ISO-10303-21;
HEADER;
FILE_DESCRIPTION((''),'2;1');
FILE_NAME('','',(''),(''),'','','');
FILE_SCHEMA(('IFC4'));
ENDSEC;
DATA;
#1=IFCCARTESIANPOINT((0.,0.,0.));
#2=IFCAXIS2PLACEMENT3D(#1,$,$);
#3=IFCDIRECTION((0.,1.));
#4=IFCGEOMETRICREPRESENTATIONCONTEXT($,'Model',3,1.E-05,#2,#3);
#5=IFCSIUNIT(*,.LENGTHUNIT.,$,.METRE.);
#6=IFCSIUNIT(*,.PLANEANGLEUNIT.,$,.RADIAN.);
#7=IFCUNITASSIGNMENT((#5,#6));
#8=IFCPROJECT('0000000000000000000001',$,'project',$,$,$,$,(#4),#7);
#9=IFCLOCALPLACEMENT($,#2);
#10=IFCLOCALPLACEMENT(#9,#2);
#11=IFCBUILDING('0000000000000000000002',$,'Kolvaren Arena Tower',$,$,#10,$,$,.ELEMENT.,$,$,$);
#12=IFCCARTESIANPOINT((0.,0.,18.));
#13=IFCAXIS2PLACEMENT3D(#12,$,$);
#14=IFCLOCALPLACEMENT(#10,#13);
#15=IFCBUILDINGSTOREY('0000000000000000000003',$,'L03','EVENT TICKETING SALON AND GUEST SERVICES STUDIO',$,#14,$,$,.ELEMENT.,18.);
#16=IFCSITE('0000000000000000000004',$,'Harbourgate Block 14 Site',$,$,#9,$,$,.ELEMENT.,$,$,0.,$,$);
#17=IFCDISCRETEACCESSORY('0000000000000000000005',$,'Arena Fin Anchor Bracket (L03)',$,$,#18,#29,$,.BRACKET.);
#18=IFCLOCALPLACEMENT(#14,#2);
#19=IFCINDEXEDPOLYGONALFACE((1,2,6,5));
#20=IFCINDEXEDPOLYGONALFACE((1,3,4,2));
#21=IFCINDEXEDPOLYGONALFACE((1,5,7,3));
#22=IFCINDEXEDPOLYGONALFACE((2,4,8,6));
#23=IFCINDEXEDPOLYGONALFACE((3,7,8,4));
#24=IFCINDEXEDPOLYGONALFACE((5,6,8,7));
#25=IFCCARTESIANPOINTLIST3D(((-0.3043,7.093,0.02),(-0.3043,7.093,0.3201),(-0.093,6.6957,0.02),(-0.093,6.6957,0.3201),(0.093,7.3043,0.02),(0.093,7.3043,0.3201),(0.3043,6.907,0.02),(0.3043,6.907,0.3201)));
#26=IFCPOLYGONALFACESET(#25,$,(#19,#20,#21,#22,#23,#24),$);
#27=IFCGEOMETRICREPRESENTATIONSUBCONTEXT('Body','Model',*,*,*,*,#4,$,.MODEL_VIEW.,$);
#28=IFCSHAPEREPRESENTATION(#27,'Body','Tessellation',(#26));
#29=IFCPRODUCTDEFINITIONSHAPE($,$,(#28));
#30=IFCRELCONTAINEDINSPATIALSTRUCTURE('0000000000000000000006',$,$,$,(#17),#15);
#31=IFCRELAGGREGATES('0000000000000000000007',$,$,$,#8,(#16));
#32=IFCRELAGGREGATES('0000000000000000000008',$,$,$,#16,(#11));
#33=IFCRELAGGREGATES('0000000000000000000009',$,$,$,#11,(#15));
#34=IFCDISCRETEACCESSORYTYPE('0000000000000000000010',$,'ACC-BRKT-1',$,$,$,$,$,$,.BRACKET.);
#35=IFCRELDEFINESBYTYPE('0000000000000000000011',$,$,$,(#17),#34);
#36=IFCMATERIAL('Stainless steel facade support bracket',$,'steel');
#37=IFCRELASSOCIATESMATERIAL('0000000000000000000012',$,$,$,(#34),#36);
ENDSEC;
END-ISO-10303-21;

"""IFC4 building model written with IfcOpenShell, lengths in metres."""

from ifc_helpers import new_model, si_unit, direction, frame, origin, origin_2d, place, context, subcontext, project, spatial, rectangle, extrude, material, type_object, element, save


model = new_model("IFC4")

# Units and contexts
model_context = context("Model", 3, precision=1e-05, world=origin(), true_north=direction((0.0, 1.0)))
body_context = subcontext(model_context, "Body", "Model", "MODEL_VIEW")
ifc_project = project(units=[si_unit("LENGTHUNIT", "METRE"), si_unit("PLANEANGLEUNIT", "RADIAN")], contexts=[model_context])

# Site, building, storey
site_placement = place(None, origin())
site = spatial("IfcSite", under=ifc_project, at=site_placement, Name="Harbourgate Block 14 Site", CompositionType="ELEMENT", RefElevation=0.0)
building_placement = place(site_placement, origin())
building = spatial("IfcBuilding", under=site, at=building_placement, Name="Kolvaren Arena Tower", CompositionType="ELEMENT")
storey_placement = place(building_placement, frame((0.0, 0.0, 18.0)))
storey = spatial("IfcBuildingStorey", under=building, at=storey_placement, Name="L03", Description="EVENT TICKETING SALON AND GUEST SERVICES STUDIO", CompositionType="ELEMENT", Elevation=18.0)

# Discrete accessory
ifc_material_1 = material(Name="Stainless steel facade support bracket", Category="steel")
discrete_accessory_type = type_object("IfcDiscreteAccessoryType", Name="ACC-BRKT-1", PredefinedType="BRACKET", material=ifc_material_1)
discrete_accessory_placement = place(storey_placement, frame((0.0, 7.0, 0.02), z_axis=(0.0, 0.0, 1.0), x_axis=(-0.882948, -0.469472, 0.0)))
element("IfcDiscreteAccessory", 1, at=discrete_accessory_placement, inside=storey, type_object=discrete_accessory_type, Name="Arena Fin Anchor Bracket (L03)", PredefinedType="BRACKET", context=body_context, shape_type="SweptSolid", body=[
    extrude(rectangle(XDim=0.45, YDim=0.45, at=origin_2d()), origin(), (0.0, 0.0, 1.0), 0.3),
])

save(model, "model.ifc")
